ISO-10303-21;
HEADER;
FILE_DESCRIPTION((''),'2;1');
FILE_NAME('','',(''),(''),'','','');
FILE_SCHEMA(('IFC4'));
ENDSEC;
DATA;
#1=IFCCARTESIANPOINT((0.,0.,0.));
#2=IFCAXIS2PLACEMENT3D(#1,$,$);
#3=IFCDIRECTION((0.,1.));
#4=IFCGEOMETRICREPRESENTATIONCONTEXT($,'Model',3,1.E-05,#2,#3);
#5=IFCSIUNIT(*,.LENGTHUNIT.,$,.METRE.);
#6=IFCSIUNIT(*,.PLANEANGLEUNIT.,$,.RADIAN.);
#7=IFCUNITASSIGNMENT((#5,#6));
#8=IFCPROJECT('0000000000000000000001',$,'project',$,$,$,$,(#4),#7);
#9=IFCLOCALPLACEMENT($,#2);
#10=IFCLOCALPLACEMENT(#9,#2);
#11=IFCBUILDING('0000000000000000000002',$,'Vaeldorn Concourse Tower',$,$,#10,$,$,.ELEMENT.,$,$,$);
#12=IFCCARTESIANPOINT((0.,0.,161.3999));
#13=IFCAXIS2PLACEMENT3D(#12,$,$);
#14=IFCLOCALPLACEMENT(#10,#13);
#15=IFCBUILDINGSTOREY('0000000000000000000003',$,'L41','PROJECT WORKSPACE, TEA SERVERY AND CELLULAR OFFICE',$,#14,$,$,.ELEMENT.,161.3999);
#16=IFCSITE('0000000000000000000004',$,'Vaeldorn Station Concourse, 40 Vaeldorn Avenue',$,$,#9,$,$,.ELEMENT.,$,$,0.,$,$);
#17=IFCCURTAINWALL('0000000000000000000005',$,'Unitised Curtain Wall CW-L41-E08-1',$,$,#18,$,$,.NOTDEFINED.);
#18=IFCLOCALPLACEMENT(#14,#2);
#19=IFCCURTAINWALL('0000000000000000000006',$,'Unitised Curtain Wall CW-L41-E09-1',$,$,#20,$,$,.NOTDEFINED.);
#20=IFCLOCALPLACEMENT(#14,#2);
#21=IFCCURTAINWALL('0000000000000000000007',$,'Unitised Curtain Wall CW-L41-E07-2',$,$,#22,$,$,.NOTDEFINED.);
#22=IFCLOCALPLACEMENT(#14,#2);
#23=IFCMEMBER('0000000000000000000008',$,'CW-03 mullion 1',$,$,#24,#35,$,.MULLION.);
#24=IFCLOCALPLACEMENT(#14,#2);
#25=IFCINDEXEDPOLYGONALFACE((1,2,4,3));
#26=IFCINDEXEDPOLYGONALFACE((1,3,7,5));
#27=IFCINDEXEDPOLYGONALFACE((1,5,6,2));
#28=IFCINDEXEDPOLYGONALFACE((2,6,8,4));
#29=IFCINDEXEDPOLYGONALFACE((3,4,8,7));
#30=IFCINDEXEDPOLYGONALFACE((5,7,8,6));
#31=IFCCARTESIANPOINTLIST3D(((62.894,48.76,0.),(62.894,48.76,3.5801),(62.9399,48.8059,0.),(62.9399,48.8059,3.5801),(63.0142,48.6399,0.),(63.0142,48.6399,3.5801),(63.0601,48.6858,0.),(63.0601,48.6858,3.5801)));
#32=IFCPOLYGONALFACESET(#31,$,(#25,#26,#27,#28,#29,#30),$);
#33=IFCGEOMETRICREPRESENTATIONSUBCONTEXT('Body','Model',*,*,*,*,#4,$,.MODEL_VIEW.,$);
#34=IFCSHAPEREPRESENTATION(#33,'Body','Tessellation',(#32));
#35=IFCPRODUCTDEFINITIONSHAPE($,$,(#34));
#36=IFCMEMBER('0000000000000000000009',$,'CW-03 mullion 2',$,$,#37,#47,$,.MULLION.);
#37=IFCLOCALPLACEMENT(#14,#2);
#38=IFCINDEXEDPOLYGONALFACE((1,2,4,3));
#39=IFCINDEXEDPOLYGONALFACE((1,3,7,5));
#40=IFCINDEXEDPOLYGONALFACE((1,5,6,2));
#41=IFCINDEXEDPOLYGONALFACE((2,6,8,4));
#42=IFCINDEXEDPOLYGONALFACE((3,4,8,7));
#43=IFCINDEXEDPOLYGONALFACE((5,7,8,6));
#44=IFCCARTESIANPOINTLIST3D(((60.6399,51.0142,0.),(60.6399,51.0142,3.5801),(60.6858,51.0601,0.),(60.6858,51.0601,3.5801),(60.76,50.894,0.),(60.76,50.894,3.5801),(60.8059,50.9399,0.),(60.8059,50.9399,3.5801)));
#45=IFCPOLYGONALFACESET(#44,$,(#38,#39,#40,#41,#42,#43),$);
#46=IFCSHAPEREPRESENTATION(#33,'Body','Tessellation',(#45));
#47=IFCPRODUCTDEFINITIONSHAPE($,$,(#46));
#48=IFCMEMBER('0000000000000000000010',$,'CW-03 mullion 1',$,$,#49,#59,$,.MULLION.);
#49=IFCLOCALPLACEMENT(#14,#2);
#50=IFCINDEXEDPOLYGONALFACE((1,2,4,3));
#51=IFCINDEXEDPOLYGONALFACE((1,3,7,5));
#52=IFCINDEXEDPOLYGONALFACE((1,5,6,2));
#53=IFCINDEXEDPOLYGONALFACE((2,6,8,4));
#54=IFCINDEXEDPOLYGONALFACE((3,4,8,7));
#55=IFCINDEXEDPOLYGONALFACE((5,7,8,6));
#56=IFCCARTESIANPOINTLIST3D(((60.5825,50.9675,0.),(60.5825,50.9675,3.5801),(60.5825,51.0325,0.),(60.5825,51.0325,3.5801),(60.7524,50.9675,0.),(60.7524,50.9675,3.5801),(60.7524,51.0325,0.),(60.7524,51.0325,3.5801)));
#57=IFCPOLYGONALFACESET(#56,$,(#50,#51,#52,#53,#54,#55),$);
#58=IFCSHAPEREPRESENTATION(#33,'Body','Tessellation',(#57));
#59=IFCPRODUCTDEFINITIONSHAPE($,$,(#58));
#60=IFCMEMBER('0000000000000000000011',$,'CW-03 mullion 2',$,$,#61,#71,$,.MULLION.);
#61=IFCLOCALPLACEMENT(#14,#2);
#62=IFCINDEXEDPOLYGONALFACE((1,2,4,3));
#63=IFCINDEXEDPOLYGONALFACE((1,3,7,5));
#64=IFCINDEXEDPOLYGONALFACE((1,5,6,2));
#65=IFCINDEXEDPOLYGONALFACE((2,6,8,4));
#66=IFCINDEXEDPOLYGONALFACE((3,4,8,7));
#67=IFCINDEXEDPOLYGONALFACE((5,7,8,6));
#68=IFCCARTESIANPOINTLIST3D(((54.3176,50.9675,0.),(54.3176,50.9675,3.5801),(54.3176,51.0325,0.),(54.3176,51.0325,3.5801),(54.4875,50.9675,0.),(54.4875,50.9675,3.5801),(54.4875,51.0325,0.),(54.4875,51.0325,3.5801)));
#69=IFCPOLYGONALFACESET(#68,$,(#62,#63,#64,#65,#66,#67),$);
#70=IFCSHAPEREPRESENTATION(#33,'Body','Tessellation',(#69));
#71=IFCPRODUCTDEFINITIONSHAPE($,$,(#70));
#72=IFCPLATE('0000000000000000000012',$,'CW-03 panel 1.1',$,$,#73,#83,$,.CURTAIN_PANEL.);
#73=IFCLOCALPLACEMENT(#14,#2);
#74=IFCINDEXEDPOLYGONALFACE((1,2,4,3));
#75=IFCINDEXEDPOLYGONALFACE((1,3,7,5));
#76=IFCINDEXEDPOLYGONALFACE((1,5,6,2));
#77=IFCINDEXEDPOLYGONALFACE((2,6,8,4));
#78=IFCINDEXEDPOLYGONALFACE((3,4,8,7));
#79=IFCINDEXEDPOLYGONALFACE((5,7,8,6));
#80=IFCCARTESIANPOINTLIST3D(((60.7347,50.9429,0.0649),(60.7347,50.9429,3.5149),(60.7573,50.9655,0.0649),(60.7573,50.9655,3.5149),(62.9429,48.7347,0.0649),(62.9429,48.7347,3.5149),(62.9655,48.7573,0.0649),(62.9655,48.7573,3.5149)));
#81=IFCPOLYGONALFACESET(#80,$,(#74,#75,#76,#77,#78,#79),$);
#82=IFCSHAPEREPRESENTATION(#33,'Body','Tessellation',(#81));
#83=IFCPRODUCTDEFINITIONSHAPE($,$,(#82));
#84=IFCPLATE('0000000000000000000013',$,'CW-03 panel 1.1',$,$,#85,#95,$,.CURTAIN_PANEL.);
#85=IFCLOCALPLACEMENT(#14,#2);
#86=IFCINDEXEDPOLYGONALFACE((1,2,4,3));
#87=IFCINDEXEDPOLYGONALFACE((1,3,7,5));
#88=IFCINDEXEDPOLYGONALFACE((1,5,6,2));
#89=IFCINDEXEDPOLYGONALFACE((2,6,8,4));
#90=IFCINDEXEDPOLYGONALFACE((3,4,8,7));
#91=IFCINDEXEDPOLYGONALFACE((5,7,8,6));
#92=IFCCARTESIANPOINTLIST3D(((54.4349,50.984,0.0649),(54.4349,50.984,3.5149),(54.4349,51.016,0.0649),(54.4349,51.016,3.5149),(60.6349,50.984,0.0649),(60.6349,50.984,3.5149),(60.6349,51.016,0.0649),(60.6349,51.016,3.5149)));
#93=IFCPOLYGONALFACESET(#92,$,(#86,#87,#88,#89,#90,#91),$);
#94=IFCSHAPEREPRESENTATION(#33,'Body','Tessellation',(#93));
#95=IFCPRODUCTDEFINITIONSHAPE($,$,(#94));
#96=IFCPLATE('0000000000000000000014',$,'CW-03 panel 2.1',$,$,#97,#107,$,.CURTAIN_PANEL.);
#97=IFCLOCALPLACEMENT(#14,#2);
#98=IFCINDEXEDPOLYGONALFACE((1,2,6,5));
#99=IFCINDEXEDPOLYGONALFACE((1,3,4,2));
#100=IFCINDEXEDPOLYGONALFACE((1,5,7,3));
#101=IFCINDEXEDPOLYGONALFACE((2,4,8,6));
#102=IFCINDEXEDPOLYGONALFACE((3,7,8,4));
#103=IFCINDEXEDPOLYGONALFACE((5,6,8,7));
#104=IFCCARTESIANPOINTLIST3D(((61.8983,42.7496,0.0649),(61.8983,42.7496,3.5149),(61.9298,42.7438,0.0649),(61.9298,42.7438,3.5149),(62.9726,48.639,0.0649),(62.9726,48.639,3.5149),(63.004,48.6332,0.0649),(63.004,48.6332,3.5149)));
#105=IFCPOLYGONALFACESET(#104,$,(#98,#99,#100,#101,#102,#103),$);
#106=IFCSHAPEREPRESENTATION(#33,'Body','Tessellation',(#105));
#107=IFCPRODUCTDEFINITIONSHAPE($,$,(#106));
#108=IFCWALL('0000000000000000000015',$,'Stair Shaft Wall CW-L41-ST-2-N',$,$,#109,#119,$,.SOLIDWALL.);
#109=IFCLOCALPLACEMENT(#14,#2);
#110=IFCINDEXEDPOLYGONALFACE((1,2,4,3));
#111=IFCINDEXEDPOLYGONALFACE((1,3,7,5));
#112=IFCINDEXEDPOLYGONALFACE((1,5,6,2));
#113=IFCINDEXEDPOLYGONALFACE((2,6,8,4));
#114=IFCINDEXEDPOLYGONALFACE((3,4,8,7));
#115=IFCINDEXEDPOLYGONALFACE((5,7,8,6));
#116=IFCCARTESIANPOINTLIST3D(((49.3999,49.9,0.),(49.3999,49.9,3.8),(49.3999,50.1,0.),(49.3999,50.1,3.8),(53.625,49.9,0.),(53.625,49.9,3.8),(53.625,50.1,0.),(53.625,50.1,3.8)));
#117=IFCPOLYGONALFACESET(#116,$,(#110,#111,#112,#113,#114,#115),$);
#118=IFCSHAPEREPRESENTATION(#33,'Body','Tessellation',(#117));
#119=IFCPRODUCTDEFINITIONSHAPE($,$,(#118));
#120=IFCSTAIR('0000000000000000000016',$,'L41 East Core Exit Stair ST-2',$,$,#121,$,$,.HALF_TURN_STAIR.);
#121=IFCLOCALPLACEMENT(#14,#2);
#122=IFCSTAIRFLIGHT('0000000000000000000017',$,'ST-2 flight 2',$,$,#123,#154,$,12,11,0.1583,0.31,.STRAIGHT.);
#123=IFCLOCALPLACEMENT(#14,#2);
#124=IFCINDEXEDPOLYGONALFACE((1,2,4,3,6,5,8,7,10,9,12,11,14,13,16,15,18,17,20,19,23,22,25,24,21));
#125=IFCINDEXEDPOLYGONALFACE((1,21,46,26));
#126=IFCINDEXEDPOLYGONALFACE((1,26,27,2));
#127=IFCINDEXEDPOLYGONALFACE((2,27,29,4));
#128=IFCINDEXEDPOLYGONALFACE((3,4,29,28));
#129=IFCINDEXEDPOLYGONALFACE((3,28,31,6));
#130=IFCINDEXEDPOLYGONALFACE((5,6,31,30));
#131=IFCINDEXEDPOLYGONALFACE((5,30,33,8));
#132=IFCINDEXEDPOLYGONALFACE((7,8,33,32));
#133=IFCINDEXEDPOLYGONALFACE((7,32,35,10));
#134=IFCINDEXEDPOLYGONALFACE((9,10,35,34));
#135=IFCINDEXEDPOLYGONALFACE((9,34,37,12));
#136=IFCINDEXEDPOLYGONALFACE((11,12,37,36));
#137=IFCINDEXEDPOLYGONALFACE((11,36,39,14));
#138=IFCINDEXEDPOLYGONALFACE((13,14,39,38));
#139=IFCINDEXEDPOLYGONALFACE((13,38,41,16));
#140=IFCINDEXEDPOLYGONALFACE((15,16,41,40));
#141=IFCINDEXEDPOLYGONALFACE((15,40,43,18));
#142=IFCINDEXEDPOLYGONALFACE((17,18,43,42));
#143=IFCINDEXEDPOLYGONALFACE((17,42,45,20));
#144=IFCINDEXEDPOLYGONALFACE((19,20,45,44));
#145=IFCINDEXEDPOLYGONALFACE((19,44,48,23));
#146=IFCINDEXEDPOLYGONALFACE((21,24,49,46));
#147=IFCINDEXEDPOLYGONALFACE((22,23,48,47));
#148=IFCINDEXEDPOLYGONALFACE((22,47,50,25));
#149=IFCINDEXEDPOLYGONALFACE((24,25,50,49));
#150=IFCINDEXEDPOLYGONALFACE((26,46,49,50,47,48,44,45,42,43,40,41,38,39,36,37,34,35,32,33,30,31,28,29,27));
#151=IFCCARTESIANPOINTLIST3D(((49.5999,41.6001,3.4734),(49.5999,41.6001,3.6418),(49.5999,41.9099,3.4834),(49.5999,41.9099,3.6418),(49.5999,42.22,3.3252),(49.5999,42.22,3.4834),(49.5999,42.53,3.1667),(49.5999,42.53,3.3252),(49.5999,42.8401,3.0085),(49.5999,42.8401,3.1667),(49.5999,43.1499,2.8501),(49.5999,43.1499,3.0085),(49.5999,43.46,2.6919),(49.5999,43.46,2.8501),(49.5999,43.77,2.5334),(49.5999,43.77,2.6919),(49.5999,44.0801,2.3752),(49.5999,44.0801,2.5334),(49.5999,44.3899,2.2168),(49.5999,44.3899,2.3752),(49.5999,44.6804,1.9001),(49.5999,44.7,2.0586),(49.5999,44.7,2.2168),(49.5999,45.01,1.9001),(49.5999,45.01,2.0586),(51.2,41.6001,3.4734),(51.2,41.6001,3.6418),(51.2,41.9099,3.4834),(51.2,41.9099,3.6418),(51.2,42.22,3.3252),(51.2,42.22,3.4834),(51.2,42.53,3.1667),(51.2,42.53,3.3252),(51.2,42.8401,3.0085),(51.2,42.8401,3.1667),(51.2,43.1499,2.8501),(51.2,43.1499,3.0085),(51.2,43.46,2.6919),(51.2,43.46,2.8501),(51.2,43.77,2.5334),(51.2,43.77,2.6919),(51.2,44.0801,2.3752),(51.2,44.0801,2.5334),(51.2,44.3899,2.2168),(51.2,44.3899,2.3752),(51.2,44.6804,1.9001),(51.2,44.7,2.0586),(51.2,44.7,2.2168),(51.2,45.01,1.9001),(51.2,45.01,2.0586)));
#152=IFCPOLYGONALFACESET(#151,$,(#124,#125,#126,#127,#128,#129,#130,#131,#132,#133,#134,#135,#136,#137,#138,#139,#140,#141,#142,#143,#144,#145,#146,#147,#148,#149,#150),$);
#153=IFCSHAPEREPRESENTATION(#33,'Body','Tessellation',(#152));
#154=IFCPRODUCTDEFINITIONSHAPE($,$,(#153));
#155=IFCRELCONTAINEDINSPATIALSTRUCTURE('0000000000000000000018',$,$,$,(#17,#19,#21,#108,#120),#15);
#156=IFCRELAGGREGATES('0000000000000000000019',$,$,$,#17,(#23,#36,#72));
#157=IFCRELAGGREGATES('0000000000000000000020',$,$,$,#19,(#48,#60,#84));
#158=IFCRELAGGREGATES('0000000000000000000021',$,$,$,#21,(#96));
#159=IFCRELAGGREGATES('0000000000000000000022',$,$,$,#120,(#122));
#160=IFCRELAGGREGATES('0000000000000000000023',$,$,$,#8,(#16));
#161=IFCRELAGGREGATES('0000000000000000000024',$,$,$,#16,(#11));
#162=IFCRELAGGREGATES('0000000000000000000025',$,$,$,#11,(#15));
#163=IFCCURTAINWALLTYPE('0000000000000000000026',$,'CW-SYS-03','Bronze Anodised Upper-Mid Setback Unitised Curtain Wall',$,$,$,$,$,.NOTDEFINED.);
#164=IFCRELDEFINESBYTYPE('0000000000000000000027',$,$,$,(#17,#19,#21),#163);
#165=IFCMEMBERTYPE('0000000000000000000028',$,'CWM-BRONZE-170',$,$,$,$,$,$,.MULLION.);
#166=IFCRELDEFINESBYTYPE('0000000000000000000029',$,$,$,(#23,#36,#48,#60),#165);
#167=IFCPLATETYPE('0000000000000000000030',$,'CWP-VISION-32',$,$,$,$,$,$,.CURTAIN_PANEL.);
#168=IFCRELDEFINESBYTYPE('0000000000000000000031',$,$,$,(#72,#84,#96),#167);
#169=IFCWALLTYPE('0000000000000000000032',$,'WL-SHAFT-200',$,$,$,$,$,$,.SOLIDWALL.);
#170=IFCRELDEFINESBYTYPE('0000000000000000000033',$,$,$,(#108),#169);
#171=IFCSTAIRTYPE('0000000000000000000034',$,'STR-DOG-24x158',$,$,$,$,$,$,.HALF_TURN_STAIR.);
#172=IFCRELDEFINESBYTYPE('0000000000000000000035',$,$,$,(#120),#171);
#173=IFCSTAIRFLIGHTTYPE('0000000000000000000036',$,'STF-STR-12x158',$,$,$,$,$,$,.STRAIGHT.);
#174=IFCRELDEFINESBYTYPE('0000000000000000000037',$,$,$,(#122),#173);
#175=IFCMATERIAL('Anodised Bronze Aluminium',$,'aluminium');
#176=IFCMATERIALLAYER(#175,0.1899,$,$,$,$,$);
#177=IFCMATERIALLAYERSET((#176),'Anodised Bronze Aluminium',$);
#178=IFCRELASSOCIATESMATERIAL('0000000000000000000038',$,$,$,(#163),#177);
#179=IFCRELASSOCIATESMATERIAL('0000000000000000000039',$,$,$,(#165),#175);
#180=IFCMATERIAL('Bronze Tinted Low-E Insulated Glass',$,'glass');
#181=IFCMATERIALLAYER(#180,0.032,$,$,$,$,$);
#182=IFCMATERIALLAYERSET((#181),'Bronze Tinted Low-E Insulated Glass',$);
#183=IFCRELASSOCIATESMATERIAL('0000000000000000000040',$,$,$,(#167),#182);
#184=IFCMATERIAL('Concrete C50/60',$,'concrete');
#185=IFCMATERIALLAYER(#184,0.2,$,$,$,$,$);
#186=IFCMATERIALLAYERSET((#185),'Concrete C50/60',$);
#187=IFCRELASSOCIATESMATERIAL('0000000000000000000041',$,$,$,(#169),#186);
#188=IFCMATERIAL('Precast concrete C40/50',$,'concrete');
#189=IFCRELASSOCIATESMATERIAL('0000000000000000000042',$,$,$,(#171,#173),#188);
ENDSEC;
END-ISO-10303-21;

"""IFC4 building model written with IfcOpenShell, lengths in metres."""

from ifc_helpers import new_model, si_unit, direction, frame, frame_2d, origin, origin_2d, place, context, subcontext, project, spatial, polyline, rectangle, outline, extrude, source, transform, mapped, material, layer, layer_set, material_profile, profile_set, type_object, element, aggregate, save


model = new_model("IFC4")

# Units and contexts
model_context = context("Model", 3, precision=1e-05, world=origin(), true_north=direction((0.0, 1.0)))
body_context = subcontext(model_context, "Body", "Model", "MODEL_VIEW")
ifc_project = project(units=[si_unit("LENGTHUNIT", "METRE"), si_unit("PLANEANGLEUNIT", "RADIAN")], contexts=[model_context])

# Site, building, storey
site_placement = place(None, origin())
site = spatial("IfcSite", under=ifc_project, at=site_placement, Name="Vaeldorn Station Concourse, 40 Vaeldorn Avenue", CompositionType="ELEMENT", RefElevation=0.0)
building_placement = place(site_placement, origin())
building = spatial("IfcBuilding", under=site, at=building_placement, Name="Vaeldorn Concourse Tower", CompositionType="ELEMENT")
storey_placement = place(building_placement, frame((0.0, 0.0, 161.3999)))
storey = spatial("IfcBuildingStorey", under=building, at=storey_placement, Name="L41", Description="PROJECT WORKSPACE, TEA SERVERY AND CELLULAR OFFICE", CompositionType="ELEMENT", Elevation=161.3999)

# Curtain walls
ifc_material_1 = material(Name="Anodised Bronze Aluminium", Category="aluminium")
ifc_layer_1 = layer(ifc_material_1, 0.1899)
ifc_layer_set_1 = layer_set([ifc_layer_1], Name="Anodised Bronze Aluminium")
curtain_wall_type = type_object("IfcCurtainWallType", Name="CW-SYS-03", Description="Bronze Anodised Upper-Mid Setback Unitised Curtain Wall", PredefinedType="NOTDEFINED", material=ifc_layer_set_1)
curtain_wall_1_placement = place(storey_placement, origin())
curtain_wall_1 = element("IfcCurtainWall", 1, at=curtain_wall_1_placement, inside=storey, type_object=curtain_wall_type, Name="Unitised Curtain Wall CW-L41-E08-1", PredefinedType="NOTDEFINED")
curtain_wall_2_placement = place(storey_placement, origin())
curtain_wall_2 = element("IfcCurtainWall", 2, at=curtain_wall_2_placement, inside=storey, type_object=curtain_wall_type, Name="Unitised Curtain Wall CW-L41-E09-1", PredefinedType="NOTDEFINED")
curtain_wall_3_placement = place(storey_placement, origin())
curtain_wall_3 = element("IfcCurtainWall", 3, at=curtain_wall_3_placement, inside=storey, type_object=curtain_wall_type, Name="Unitised Curtain Wall CW-L41-E07-2", PredefinedType="NOTDEFINED")
ifc_material_profile_1 = material_profile(ifc_material_1, rectangle(XDim=0.0649, YDim=0.1699, at=origin_2d()), Name="CWM 65x170")
ifc_profile_set_1 = profile_set([ifc_material_profile_1], Name="Anodised Bronze Aluminium")
member_type_1 = type_object("IfcMemberType", Name="CWM-BRONZE-170", PredefinedType="MULLION", material=ifc_profile_set_1)
shared_shape_1 = source(origin(), body_context, "Body", "SweptSolid", [
    extrude(rectangle(XDim=0.0649, YDim=0.1699, at=origin_2d()), origin(), (0.0, 0.0, 1.0), 3.5801),
])

# Members
member_1_placement = place(storey_placement, frame((62.9771, 48.7229, 0.0), z_axis=(0.0, 0.0, 1.0), x_axis=(-0.707107, -0.707107, 0.0)))
member_1 = element("IfcMember", 4, at=member_1_placement, type_object=member_type_1, Name="CW-03 mullion 1", PredefinedType="MULLION", context=body_context, shape_type="MappedRepresentation", body=[
    mapped(shared_shape_1, transform((0.0, 0.0, 0.0), scale=1.0)),
])
member_2_placement = place(storey_placement, frame((60.7229, 50.9771, 0.0), z_axis=(0.0, 0.0, 1.0), x_axis=(-0.707107, -0.707107, 0.0)))
member_2 = element("IfcMember", 5, at=member_2_placement, type_object=member_type_1, Name="CW-03 mullion 2", PredefinedType="MULLION", context=body_context, shape_type="MappedRepresentation", body=[
    mapped(shared_shape_1, transform((0.0, 0.0, 0.0), scale=1.0)),
])
member_3_placement = place(storey_placement, frame((60.6675, 51.0, 0.0), z_axis=(0.0, 0.0, 1.0), x_axis=(0.0, -1.0, 0.0)))
member_3 = element("IfcMember", 6, at=member_3_placement, type_object=member_type_1, Name="CW-03 mullion 1", PredefinedType="MULLION", context=body_context, shape_type="MappedRepresentation", body=[
    mapped(shared_shape_1, transform((0.0, 0.0, 0.0), scale=1.0)),
])
member_4_placement = place(storey_placement, frame((54.4026, 51.0, 0.0), z_axis=(0.0, 0.0, 1.0), x_axis=(0.0, -1.0, 0.0)))
member_4 = element("IfcMember", 7, at=member_4_placement, type_object=member_type_1, Name="CW-03 mullion 2", PredefinedType="MULLION", context=body_context, shape_type="MappedRepresentation", body=[
    mapped(shared_shape_1, transform((0.0, 0.0, 0.0), scale=1.0)),
])

# Plates
ifc_material_2 = material(Name="Bronze Tinted Low-E Insulated Glass", Category="glass")
ifc_layer_2 = layer(ifc_material_2, 0.032)
ifc_layer_set_2 = layer_set([ifc_layer_2], Name="Bronze Tinted Low-E Insulated Glass")
plate_type = type_object("IfcPlateType", Name="CWP-VISION-32", PredefinedType="CURTAIN_PANEL", material=ifc_layer_set_2)
shared_shape_2 = source(origin(), body_context, "Body", "SweptSolid", [
    extrude(rectangle(XDim=3.1228, YDim=0.032, at=origin_2d()), origin(), (0.0, 0.0, 1.0), 3.45),
])
plate_1_placement = place(storey_placement, frame((61.8501, 49.8501, 0.0649), z_axis=(0.0, 0.0, 1.0), x_axis=(-0.707107, 0.707107, 0.0)))
plate_1 = element("IfcPlate", 8, at=plate_1_placement, type_object=plate_type, Name="CW-03 panel 1.1", PredefinedType="CURTAIN_PANEL", context=body_context, shape_type="MappedRepresentation", body=[
    mapped(shared_shape_2, transform((0.0, 0.0, 0.0), scale=1.0)),
])
aggregate(curtain_wall_1, [member_1, member_2, plate_1])
shared_shape_3 = source(origin(), body_context, "Body", "SweptSolid", [
    extrude(rectangle(XDim=6.2, YDim=0.032, at=origin_2d()), origin(), (0.0, 0.0, 1.0), 3.45),
])
plate_2_placement = place(storey_placement, frame((57.5349, 51.0, 0.0649), z_axis=(0.0, 0.0, 1.0), x_axis=(-1.0, 0.0, 0.0)))
plate_2 = element("IfcPlate", 9, at=plate_2_placement, type_object=plate_type, Name="CW-03 panel 1.1", PredefinedType="CURTAIN_PANEL", context=body_context, shape_type="MappedRepresentation", body=[
    mapped(shared_shape_3, transform((0.0, 0.0, 0.0), scale=1.0)),
])
aggregate(curtain_wall_2, [member_3, member_4, plate_2])
shared_shape_4 = source(origin(), body_context, "Body", "SweptSolid", [
    extrude(rectangle(XDim=5.9866, YDim=0.032, at=origin_2d()), origin(), (0.0, 0.0, 1.0), 3.45),
])
plate_3_placement = place(storey_placement, frame((62.4512, 45.6914, 0.0649), z_axis=(0.0, 0.0, 1.0), x_axis=(0.179447, 0.983768, 0.0)))
plate_3 = element("IfcPlate", 10, at=plate_3_placement, type_object=plate_type, Name="CW-03 panel 2.1", PredefinedType="CURTAIN_PANEL", context=body_context, shape_type="MappedRepresentation", body=[
    mapped(shared_shape_4, transform((0.0, 0.0, 0.0), scale=1.0)),
])
aggregate(curtain_wall_3, [plate_3])

# Wall
ifc_material_3 = material(Name="Concrete C50/60", Category="concrete")
ifc_layer_3 = layer(ifc_material_3, 0.2)
ifc_layer_set_3 = layer_set([ifc_layer_3], Name="Concrete C50/60")
wall_type = type_object("IfcWallType", Name="WL-SHAFT-200", PredefinedType="SOLIDWALL", material=ifc_layer_set_3)
wall_placement = place(storey_placement, frame((49.3999, 50.0, 0.0), z_axis=(0.0, 0.0, 1.0), x_axis=(1.0, 0.0, 0.0)))
element("IfcWall", 11, at=wall_placement, inside=storey, type_object=wall_type, Name="Stair Shaft Wall CW-L41-ST-2-N", PredefinedType="SOLIDWALL", context=body_context, shape_type="SweptSolid", body=[
    extrude(rectangle(XDim=4.2251, YDim=0.2, at=frame_2d((2.1125, 0.0))), origin(), (0.0, 0.0, 1.0), 3.8),
])

# Stair, stair flight
ifc_material_4 = material(Name="Precast concrete C40/50", Category="concrete")
stair_type = type_object("IfcStairType", Name="STR-DOG-24x158", PredefinedType="HALF_TURN_STAIR", material=ifc_material_4)
stair_placement = place(storey_placement, origin())
stair = element("IfcStair", 12, at=stair_placement, inside=storey, type_object=stair_type, Name="L41 East Core Exit Stair ST-2", PredefinedType="HALF_TURN_STAIR")
stair_flight_type = type_object("IfcStairFlightType", Name="STF-STR-12x158", PredefinedType="STRAIGHT", material=ifc_material_4)
stair_flight_placement = place(storey_placement, frame((50.3999, 45.01, 1.9001), z_axis=(0.0, 0.0, 1.0), x_axis=(0.0, -1.0, 0.0)))
stair_flight = element("IfcStairFlight", 13, at=stair_flight_placement, type_object=stair_flight_type, Name="ST-2 flight 2", NumberOfRisers=12, NumberOfTreads=11, PredefinedType="STRAIGHT", RiserHeight=0.1583, TreadLength=0.31, context=body_context, shape_type="SweptSolid", body=[
    extrude(outline(polyline([(0.0, 0.0), (0.0, 0.1584), (0.3101, 0.1584), (0.3101, 0.3167), (0.6201, 0.3167), (0.6201, 0.4751), (0.9299, 0.4751), (0.9299, 0.6333), (1.24, 0.6333), (1.24, 0.7917), (1.55, 0.7917), (1.55, 0.95), (1.8601, 0.95), (1.8601, 1.1084), (2.1699, 1.1084), (2.1699, 1.2666), (2.48, 1.2666), (2.48, 1.425), (2.79, 1.425), (2.79, 1.5833), (3.1001, 1.5833), (3.1001, 1.7417), (3.4099, 1.7417), (3.4099, 1.8999), (3.4099, 1.5732), (0.3296, 0.0), (0.0, 0.0)])), frame((0.0, 0.8, 0.0), z_axis=(0.0, -1.0, 0.0), x_axis=(1.0, 0.0, 0.0)), (0.0, 0.0, 1.0), 1.6001),
])
aggregate(stair, [stair_flight])

save(model, "model.ifc")
